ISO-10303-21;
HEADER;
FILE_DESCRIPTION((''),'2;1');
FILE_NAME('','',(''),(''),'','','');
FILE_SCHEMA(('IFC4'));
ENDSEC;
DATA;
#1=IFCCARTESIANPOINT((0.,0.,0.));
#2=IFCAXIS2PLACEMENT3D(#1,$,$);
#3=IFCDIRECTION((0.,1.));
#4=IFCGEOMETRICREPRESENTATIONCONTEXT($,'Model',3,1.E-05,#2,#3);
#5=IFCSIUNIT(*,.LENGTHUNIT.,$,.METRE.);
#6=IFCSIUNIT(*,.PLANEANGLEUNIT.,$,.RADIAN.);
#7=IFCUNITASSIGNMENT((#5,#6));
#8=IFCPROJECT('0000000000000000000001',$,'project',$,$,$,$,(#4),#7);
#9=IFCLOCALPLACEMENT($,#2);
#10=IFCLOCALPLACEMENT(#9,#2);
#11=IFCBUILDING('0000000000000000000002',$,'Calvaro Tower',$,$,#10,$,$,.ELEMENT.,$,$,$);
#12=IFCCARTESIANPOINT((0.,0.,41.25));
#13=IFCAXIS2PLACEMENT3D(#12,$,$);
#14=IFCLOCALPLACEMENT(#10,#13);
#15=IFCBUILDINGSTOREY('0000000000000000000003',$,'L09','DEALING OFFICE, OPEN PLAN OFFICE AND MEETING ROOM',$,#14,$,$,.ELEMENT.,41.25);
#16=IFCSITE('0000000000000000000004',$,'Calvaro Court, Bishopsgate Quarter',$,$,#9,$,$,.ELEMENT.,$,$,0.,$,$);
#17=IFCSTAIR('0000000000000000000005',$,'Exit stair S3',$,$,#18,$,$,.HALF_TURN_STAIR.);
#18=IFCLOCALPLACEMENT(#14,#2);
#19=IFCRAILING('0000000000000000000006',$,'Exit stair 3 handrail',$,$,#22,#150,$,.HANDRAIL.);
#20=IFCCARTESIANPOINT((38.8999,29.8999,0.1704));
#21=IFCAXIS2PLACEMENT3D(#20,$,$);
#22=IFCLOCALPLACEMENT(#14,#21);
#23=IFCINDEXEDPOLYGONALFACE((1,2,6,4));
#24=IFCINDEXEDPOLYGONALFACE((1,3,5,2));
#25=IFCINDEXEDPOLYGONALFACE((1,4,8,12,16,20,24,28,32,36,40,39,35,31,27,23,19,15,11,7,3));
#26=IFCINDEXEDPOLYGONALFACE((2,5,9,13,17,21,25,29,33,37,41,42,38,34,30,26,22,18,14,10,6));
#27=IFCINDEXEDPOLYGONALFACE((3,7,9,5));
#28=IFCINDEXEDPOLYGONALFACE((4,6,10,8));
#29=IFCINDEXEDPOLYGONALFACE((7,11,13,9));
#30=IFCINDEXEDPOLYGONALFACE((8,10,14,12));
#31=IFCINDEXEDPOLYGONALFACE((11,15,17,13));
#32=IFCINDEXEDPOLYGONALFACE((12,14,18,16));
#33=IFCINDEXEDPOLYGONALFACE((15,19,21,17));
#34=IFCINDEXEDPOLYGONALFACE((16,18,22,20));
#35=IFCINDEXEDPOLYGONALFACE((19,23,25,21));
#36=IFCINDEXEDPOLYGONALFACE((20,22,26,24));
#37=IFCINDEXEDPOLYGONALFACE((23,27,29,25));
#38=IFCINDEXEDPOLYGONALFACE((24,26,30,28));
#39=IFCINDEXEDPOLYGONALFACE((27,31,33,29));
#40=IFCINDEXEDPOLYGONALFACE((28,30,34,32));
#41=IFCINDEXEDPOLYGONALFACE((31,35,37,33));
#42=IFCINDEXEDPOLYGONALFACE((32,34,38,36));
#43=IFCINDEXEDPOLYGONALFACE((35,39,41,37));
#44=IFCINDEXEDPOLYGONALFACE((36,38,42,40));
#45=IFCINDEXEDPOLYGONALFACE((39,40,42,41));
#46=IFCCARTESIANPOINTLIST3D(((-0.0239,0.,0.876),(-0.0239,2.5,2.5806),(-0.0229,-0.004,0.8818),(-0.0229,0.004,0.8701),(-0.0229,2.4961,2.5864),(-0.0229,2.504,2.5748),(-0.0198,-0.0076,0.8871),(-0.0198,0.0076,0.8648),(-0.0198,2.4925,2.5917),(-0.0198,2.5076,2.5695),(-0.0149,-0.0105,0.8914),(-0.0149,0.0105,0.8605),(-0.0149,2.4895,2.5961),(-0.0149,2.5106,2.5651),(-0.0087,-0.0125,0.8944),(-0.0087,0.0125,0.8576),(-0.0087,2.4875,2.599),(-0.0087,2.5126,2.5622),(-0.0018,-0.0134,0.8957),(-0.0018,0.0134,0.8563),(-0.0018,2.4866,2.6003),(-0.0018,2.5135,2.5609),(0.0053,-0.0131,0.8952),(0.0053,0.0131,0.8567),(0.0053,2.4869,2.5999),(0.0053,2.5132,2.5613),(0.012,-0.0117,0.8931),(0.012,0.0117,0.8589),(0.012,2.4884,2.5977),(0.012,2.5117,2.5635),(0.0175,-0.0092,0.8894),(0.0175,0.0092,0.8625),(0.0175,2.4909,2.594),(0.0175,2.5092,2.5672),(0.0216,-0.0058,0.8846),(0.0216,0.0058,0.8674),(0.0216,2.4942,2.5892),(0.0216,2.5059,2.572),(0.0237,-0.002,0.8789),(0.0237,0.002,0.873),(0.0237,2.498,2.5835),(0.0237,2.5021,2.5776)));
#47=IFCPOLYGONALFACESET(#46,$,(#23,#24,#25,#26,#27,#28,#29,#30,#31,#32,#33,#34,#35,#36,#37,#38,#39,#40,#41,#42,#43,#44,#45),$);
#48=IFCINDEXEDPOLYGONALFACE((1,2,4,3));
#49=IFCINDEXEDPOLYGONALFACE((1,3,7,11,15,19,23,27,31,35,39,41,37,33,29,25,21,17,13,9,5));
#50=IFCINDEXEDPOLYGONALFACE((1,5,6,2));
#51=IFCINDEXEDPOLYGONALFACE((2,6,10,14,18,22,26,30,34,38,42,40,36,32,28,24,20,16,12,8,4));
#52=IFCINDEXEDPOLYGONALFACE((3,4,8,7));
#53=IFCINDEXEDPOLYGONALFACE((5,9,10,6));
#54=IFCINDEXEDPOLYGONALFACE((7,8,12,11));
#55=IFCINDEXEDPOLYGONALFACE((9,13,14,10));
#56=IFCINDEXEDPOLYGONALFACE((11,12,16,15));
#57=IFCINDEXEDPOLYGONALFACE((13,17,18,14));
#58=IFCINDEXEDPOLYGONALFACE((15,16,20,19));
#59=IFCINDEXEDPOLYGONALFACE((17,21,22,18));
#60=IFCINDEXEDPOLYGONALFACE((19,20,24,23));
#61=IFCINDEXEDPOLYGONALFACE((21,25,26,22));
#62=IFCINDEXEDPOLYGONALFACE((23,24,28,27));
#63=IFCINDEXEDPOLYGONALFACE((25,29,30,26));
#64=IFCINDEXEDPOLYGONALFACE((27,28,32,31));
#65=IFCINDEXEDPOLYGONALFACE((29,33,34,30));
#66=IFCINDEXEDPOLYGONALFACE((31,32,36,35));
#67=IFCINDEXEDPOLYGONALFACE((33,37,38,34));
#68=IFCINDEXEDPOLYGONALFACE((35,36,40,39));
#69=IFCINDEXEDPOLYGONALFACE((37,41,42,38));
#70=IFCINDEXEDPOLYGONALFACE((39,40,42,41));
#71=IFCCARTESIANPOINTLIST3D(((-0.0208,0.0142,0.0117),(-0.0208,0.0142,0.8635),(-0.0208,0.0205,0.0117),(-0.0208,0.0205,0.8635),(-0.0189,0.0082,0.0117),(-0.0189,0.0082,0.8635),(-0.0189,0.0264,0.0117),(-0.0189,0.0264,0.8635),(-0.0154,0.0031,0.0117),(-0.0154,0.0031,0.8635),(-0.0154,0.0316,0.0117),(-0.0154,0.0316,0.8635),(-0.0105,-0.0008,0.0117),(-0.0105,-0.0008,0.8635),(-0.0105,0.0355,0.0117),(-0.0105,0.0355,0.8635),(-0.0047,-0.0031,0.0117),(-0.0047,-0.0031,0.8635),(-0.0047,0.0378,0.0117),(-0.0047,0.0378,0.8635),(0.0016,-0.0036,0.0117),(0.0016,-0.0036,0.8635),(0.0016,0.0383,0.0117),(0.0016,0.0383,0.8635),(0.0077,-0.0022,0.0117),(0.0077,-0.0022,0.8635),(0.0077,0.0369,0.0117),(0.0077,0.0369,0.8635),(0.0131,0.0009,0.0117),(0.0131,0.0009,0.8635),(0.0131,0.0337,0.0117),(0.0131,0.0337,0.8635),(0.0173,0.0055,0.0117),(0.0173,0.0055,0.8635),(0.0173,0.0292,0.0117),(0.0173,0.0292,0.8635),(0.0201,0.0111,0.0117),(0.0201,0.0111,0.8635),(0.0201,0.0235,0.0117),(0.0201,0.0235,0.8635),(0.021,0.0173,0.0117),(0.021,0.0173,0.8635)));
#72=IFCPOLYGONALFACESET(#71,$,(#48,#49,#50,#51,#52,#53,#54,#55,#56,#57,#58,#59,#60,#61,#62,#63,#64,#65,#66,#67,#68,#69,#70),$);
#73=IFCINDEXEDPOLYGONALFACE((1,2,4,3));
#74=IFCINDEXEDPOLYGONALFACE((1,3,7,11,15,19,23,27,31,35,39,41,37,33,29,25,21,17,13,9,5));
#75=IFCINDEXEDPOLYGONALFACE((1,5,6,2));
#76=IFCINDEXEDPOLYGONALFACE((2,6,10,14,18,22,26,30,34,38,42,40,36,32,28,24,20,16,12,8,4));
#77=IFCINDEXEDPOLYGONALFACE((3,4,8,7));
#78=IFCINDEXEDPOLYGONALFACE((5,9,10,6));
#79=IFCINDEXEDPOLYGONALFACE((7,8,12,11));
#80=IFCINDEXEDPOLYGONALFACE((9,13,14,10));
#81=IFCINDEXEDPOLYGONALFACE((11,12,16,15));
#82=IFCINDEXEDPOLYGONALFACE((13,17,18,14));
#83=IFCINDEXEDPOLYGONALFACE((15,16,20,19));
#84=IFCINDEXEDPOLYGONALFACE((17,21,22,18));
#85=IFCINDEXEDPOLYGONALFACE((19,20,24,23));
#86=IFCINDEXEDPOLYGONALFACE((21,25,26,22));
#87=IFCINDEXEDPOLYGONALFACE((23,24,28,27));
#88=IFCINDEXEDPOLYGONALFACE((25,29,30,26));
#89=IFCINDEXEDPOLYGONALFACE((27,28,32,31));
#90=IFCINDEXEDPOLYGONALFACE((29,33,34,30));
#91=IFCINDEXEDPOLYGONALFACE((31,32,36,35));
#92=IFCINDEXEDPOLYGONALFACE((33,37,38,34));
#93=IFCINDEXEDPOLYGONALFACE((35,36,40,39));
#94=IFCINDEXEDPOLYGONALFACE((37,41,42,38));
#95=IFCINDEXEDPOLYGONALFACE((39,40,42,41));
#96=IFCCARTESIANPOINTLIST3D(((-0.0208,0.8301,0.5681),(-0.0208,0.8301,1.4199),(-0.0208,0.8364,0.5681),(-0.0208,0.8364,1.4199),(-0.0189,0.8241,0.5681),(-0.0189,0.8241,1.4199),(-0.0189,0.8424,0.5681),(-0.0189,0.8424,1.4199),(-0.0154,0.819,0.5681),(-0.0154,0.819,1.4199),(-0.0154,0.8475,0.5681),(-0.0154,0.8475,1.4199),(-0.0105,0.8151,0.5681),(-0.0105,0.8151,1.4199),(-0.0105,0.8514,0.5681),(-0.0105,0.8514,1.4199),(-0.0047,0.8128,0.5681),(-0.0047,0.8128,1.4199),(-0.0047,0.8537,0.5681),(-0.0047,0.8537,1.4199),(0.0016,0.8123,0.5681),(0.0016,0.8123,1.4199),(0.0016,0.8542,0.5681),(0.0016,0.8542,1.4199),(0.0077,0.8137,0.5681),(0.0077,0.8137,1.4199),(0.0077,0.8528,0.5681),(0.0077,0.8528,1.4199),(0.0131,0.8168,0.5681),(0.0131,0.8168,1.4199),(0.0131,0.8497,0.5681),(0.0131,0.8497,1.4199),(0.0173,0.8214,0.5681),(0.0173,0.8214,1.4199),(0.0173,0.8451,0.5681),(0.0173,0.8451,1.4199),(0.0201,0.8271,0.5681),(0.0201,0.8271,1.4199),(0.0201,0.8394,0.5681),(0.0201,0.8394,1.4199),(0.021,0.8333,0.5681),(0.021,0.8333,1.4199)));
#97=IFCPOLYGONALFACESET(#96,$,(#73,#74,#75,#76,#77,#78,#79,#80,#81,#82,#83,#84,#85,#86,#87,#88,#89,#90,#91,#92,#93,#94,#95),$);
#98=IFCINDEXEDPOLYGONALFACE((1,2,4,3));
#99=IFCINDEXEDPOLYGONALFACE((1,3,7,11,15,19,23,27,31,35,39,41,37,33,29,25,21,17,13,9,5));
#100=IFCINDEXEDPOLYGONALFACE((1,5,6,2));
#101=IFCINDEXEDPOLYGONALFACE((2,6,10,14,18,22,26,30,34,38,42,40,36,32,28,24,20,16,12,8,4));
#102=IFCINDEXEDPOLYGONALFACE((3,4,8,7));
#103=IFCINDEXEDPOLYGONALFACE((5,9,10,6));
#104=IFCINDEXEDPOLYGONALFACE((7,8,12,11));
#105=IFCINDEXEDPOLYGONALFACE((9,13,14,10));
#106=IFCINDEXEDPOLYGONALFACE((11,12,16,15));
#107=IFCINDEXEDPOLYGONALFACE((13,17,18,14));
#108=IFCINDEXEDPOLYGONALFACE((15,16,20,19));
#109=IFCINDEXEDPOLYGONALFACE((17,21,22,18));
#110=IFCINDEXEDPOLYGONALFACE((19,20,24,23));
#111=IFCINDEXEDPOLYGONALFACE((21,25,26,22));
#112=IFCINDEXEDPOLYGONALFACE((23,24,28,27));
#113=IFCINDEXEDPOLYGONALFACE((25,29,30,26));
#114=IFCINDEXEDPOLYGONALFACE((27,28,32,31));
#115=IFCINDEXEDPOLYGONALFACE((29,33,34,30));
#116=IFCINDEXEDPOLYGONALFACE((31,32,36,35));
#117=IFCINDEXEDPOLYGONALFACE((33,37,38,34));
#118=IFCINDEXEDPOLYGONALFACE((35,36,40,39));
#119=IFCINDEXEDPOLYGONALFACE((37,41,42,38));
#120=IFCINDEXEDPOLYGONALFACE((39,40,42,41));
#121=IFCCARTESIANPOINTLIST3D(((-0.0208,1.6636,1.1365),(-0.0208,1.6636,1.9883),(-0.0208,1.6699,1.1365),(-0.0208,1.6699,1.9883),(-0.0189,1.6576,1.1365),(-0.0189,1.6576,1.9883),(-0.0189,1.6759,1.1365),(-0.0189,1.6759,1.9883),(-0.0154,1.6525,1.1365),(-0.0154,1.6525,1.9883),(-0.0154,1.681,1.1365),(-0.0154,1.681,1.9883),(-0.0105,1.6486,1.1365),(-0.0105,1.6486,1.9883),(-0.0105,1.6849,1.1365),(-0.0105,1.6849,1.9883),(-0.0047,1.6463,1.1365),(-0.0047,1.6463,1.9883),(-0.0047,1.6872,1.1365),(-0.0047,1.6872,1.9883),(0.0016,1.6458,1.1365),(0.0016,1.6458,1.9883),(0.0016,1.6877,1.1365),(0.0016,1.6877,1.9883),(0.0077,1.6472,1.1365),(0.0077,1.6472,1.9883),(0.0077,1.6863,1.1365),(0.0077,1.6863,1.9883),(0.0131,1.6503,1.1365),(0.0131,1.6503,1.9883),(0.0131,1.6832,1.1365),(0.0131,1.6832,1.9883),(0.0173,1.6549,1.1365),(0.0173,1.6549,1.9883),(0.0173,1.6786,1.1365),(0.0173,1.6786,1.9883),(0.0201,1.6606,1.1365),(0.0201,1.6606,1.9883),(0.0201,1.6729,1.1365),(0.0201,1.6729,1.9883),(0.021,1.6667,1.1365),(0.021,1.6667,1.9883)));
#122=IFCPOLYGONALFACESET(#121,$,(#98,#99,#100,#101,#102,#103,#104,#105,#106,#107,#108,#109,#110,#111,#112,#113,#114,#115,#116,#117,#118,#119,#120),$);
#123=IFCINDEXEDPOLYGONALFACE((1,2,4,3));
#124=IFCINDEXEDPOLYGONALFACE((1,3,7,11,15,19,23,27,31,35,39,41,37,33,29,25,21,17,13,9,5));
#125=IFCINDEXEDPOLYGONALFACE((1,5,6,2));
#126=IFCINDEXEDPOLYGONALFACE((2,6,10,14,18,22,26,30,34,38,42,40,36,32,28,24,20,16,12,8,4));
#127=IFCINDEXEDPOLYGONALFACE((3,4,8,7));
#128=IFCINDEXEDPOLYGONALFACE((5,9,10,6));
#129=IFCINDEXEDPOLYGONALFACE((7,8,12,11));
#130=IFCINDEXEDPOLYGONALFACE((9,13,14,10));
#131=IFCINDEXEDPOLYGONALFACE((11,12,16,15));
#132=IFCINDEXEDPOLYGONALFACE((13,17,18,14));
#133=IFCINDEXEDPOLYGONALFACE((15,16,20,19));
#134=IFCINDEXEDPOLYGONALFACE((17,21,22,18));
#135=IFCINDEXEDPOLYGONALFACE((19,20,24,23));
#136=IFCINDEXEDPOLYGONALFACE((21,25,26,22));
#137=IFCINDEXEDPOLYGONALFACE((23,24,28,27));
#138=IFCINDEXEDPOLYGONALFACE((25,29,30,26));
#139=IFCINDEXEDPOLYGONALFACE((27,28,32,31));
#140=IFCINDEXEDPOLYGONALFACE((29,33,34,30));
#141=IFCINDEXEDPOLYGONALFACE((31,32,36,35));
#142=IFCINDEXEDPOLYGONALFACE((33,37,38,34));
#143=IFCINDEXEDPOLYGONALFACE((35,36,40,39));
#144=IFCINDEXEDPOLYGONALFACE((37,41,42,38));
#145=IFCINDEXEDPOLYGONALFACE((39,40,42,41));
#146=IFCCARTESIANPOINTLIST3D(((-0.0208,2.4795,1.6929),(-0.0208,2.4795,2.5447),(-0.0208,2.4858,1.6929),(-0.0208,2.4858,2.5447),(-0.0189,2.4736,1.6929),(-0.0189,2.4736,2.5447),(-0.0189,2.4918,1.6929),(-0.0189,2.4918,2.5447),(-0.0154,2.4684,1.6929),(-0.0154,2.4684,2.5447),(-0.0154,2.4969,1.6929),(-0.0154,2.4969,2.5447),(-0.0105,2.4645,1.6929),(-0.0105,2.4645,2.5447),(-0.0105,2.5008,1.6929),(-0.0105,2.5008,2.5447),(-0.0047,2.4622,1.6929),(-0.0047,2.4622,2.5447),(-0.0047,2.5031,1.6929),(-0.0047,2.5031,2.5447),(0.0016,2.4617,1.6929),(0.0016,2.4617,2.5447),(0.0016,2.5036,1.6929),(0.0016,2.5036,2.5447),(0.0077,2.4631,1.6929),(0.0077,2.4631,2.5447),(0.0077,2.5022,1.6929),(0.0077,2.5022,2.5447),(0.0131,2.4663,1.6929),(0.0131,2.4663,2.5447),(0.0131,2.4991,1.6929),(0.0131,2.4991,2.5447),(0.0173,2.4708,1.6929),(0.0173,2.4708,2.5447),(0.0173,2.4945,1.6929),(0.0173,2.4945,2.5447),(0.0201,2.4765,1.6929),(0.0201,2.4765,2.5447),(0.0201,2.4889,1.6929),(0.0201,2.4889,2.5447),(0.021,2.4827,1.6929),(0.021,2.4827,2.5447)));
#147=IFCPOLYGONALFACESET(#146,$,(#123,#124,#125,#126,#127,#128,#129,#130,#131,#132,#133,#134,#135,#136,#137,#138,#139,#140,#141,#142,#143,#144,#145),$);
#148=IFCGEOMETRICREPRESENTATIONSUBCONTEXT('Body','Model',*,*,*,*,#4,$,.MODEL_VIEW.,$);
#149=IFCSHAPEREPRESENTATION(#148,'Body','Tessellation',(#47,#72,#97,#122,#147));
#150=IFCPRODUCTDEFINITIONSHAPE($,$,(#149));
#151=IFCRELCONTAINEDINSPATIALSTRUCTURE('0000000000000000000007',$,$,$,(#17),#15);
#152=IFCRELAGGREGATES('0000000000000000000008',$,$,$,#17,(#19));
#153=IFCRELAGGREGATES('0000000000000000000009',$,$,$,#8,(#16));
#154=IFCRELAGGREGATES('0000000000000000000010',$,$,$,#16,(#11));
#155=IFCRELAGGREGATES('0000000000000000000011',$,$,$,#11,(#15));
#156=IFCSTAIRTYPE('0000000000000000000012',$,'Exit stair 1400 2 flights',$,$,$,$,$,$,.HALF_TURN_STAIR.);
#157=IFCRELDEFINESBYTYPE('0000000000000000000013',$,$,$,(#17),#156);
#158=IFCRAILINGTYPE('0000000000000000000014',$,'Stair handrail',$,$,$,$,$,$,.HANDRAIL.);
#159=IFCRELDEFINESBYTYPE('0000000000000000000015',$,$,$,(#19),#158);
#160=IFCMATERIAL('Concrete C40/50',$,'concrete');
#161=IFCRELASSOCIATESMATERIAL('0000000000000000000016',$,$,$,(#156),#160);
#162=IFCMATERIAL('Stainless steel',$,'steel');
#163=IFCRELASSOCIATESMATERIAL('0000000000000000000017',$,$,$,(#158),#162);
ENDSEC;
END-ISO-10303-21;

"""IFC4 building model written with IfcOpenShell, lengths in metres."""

from ifc_helpers import new_model, si_unit, direction, frame, origin, origin_2d, place, context, subcontext, project, spatial, circle, extrude, material, type_object, element, aggregate, save


model = new_model("IFC4")

# Units and contexts
model_context = context("Model", 3, precision=1e-05, world=origin(), true_north=direction((0.0, 1.0)))
body_context = subcontext(model_context, "Body", "Model", "MODEL_VIEW")
ifc_project = project(units=[si_unit("LENGTHUNIT", "METRE"), si_unit("PLANEANGLEUNIT", "RADIAN")], contexts=[model_context])

# Site, building, storey
site_placement = place(None, origin())
site = spatial("IfcSite", under=ifc_project, at=site_placement, Name="Calvaro Court, Bishopsgate Quarter", CompositionType="ELEMENT", RefElevation=0.0)
building_placement = place(site_placement, origin())
building = spatial("IfcBuilding", under=site, at=building_placement, Name="Calvaro Tower", CompositionType="ELEMENT")
storey_placement = place(building_placement, frame((0.0, 0.0, 41.25)))
storey = spatial("IfcBuildingStorey", under=building, at=storey_placement, Name="L09", Description="DEALING OFFICE, OPEN PLAN OFFICE AND MEETING ROOM", CompositionType="ELEMENT", Elevation=41.25)

# Stair, railing
ifc_material_1 = material(Name="Concrete C40/50", Category="concrete")
stair_type = type_object("IfcStairType", Name="Exit stair 1400 2 flights", PredefinedType="HALF_TURN_STAIR", material=ifc_material_1)
stair_1_placement = place(storey_placement, origin())
stair_1 = element("IfcStair", 1, at=stair_1_placement, inside=storey, type_object=stair_type, Name="Exit stair S3", PredefinedType="HALF_TURN_STAIR")
ifc_material_2 = material(Name="Stainless steel", Category="steel")
railing_type = type_object("IfcRailingType", Name="Stair handrail", PredefinedType="HANDRAIL", material=ifc_material_2)
railing_1_placement = place(storey_placement, frame((38.8999, 29.8999, 0.1704)))
railing_1 = element("IfcRailing", 2, at=railing_1_placement, type_object=railing_type, Name="Exit stair 3 handrail", PredefinedType="HANDRAIL", context=body_context, shape_type="SweptSolid", body=[
    extrude(circle(Radius=0.0239, at=origin_2d()), frame((0.0, 0.0, 0.876), z_axis=(0.0, 0.826221, 0.563347), x_axis=(-1.0, 0.0, 0.0)), (0.0, 0.0, 1.0), 3.0259),
    extrude(circle(Radius=0.021, at=origin_2d()), frame((0.0, 0.0173, 0.0117)), (0.0, 0.0, 1.0), 0.8518),
    extrude(circle(Radius=0.021, at=origin_2d()), frame((0.0, 0.8333, 0.5681)), (0.0, 0.0, 1.0), 0.8518),
    extrude(circle(Radius=0.021, at=origin_2d()), frame((0.0, 1.6667, 1.1365)), (0.0, 0.0, 1.0), 0.8518),
    extrude(circle(Radius=0.021, at=origin_2d()), frame((0.0, 2.4827, 1.6929)), (0.0, 0.0, 1.0), 0.8518),
])
aggregate(stair_1, [railing_1])

save(model, "model.ifc")
